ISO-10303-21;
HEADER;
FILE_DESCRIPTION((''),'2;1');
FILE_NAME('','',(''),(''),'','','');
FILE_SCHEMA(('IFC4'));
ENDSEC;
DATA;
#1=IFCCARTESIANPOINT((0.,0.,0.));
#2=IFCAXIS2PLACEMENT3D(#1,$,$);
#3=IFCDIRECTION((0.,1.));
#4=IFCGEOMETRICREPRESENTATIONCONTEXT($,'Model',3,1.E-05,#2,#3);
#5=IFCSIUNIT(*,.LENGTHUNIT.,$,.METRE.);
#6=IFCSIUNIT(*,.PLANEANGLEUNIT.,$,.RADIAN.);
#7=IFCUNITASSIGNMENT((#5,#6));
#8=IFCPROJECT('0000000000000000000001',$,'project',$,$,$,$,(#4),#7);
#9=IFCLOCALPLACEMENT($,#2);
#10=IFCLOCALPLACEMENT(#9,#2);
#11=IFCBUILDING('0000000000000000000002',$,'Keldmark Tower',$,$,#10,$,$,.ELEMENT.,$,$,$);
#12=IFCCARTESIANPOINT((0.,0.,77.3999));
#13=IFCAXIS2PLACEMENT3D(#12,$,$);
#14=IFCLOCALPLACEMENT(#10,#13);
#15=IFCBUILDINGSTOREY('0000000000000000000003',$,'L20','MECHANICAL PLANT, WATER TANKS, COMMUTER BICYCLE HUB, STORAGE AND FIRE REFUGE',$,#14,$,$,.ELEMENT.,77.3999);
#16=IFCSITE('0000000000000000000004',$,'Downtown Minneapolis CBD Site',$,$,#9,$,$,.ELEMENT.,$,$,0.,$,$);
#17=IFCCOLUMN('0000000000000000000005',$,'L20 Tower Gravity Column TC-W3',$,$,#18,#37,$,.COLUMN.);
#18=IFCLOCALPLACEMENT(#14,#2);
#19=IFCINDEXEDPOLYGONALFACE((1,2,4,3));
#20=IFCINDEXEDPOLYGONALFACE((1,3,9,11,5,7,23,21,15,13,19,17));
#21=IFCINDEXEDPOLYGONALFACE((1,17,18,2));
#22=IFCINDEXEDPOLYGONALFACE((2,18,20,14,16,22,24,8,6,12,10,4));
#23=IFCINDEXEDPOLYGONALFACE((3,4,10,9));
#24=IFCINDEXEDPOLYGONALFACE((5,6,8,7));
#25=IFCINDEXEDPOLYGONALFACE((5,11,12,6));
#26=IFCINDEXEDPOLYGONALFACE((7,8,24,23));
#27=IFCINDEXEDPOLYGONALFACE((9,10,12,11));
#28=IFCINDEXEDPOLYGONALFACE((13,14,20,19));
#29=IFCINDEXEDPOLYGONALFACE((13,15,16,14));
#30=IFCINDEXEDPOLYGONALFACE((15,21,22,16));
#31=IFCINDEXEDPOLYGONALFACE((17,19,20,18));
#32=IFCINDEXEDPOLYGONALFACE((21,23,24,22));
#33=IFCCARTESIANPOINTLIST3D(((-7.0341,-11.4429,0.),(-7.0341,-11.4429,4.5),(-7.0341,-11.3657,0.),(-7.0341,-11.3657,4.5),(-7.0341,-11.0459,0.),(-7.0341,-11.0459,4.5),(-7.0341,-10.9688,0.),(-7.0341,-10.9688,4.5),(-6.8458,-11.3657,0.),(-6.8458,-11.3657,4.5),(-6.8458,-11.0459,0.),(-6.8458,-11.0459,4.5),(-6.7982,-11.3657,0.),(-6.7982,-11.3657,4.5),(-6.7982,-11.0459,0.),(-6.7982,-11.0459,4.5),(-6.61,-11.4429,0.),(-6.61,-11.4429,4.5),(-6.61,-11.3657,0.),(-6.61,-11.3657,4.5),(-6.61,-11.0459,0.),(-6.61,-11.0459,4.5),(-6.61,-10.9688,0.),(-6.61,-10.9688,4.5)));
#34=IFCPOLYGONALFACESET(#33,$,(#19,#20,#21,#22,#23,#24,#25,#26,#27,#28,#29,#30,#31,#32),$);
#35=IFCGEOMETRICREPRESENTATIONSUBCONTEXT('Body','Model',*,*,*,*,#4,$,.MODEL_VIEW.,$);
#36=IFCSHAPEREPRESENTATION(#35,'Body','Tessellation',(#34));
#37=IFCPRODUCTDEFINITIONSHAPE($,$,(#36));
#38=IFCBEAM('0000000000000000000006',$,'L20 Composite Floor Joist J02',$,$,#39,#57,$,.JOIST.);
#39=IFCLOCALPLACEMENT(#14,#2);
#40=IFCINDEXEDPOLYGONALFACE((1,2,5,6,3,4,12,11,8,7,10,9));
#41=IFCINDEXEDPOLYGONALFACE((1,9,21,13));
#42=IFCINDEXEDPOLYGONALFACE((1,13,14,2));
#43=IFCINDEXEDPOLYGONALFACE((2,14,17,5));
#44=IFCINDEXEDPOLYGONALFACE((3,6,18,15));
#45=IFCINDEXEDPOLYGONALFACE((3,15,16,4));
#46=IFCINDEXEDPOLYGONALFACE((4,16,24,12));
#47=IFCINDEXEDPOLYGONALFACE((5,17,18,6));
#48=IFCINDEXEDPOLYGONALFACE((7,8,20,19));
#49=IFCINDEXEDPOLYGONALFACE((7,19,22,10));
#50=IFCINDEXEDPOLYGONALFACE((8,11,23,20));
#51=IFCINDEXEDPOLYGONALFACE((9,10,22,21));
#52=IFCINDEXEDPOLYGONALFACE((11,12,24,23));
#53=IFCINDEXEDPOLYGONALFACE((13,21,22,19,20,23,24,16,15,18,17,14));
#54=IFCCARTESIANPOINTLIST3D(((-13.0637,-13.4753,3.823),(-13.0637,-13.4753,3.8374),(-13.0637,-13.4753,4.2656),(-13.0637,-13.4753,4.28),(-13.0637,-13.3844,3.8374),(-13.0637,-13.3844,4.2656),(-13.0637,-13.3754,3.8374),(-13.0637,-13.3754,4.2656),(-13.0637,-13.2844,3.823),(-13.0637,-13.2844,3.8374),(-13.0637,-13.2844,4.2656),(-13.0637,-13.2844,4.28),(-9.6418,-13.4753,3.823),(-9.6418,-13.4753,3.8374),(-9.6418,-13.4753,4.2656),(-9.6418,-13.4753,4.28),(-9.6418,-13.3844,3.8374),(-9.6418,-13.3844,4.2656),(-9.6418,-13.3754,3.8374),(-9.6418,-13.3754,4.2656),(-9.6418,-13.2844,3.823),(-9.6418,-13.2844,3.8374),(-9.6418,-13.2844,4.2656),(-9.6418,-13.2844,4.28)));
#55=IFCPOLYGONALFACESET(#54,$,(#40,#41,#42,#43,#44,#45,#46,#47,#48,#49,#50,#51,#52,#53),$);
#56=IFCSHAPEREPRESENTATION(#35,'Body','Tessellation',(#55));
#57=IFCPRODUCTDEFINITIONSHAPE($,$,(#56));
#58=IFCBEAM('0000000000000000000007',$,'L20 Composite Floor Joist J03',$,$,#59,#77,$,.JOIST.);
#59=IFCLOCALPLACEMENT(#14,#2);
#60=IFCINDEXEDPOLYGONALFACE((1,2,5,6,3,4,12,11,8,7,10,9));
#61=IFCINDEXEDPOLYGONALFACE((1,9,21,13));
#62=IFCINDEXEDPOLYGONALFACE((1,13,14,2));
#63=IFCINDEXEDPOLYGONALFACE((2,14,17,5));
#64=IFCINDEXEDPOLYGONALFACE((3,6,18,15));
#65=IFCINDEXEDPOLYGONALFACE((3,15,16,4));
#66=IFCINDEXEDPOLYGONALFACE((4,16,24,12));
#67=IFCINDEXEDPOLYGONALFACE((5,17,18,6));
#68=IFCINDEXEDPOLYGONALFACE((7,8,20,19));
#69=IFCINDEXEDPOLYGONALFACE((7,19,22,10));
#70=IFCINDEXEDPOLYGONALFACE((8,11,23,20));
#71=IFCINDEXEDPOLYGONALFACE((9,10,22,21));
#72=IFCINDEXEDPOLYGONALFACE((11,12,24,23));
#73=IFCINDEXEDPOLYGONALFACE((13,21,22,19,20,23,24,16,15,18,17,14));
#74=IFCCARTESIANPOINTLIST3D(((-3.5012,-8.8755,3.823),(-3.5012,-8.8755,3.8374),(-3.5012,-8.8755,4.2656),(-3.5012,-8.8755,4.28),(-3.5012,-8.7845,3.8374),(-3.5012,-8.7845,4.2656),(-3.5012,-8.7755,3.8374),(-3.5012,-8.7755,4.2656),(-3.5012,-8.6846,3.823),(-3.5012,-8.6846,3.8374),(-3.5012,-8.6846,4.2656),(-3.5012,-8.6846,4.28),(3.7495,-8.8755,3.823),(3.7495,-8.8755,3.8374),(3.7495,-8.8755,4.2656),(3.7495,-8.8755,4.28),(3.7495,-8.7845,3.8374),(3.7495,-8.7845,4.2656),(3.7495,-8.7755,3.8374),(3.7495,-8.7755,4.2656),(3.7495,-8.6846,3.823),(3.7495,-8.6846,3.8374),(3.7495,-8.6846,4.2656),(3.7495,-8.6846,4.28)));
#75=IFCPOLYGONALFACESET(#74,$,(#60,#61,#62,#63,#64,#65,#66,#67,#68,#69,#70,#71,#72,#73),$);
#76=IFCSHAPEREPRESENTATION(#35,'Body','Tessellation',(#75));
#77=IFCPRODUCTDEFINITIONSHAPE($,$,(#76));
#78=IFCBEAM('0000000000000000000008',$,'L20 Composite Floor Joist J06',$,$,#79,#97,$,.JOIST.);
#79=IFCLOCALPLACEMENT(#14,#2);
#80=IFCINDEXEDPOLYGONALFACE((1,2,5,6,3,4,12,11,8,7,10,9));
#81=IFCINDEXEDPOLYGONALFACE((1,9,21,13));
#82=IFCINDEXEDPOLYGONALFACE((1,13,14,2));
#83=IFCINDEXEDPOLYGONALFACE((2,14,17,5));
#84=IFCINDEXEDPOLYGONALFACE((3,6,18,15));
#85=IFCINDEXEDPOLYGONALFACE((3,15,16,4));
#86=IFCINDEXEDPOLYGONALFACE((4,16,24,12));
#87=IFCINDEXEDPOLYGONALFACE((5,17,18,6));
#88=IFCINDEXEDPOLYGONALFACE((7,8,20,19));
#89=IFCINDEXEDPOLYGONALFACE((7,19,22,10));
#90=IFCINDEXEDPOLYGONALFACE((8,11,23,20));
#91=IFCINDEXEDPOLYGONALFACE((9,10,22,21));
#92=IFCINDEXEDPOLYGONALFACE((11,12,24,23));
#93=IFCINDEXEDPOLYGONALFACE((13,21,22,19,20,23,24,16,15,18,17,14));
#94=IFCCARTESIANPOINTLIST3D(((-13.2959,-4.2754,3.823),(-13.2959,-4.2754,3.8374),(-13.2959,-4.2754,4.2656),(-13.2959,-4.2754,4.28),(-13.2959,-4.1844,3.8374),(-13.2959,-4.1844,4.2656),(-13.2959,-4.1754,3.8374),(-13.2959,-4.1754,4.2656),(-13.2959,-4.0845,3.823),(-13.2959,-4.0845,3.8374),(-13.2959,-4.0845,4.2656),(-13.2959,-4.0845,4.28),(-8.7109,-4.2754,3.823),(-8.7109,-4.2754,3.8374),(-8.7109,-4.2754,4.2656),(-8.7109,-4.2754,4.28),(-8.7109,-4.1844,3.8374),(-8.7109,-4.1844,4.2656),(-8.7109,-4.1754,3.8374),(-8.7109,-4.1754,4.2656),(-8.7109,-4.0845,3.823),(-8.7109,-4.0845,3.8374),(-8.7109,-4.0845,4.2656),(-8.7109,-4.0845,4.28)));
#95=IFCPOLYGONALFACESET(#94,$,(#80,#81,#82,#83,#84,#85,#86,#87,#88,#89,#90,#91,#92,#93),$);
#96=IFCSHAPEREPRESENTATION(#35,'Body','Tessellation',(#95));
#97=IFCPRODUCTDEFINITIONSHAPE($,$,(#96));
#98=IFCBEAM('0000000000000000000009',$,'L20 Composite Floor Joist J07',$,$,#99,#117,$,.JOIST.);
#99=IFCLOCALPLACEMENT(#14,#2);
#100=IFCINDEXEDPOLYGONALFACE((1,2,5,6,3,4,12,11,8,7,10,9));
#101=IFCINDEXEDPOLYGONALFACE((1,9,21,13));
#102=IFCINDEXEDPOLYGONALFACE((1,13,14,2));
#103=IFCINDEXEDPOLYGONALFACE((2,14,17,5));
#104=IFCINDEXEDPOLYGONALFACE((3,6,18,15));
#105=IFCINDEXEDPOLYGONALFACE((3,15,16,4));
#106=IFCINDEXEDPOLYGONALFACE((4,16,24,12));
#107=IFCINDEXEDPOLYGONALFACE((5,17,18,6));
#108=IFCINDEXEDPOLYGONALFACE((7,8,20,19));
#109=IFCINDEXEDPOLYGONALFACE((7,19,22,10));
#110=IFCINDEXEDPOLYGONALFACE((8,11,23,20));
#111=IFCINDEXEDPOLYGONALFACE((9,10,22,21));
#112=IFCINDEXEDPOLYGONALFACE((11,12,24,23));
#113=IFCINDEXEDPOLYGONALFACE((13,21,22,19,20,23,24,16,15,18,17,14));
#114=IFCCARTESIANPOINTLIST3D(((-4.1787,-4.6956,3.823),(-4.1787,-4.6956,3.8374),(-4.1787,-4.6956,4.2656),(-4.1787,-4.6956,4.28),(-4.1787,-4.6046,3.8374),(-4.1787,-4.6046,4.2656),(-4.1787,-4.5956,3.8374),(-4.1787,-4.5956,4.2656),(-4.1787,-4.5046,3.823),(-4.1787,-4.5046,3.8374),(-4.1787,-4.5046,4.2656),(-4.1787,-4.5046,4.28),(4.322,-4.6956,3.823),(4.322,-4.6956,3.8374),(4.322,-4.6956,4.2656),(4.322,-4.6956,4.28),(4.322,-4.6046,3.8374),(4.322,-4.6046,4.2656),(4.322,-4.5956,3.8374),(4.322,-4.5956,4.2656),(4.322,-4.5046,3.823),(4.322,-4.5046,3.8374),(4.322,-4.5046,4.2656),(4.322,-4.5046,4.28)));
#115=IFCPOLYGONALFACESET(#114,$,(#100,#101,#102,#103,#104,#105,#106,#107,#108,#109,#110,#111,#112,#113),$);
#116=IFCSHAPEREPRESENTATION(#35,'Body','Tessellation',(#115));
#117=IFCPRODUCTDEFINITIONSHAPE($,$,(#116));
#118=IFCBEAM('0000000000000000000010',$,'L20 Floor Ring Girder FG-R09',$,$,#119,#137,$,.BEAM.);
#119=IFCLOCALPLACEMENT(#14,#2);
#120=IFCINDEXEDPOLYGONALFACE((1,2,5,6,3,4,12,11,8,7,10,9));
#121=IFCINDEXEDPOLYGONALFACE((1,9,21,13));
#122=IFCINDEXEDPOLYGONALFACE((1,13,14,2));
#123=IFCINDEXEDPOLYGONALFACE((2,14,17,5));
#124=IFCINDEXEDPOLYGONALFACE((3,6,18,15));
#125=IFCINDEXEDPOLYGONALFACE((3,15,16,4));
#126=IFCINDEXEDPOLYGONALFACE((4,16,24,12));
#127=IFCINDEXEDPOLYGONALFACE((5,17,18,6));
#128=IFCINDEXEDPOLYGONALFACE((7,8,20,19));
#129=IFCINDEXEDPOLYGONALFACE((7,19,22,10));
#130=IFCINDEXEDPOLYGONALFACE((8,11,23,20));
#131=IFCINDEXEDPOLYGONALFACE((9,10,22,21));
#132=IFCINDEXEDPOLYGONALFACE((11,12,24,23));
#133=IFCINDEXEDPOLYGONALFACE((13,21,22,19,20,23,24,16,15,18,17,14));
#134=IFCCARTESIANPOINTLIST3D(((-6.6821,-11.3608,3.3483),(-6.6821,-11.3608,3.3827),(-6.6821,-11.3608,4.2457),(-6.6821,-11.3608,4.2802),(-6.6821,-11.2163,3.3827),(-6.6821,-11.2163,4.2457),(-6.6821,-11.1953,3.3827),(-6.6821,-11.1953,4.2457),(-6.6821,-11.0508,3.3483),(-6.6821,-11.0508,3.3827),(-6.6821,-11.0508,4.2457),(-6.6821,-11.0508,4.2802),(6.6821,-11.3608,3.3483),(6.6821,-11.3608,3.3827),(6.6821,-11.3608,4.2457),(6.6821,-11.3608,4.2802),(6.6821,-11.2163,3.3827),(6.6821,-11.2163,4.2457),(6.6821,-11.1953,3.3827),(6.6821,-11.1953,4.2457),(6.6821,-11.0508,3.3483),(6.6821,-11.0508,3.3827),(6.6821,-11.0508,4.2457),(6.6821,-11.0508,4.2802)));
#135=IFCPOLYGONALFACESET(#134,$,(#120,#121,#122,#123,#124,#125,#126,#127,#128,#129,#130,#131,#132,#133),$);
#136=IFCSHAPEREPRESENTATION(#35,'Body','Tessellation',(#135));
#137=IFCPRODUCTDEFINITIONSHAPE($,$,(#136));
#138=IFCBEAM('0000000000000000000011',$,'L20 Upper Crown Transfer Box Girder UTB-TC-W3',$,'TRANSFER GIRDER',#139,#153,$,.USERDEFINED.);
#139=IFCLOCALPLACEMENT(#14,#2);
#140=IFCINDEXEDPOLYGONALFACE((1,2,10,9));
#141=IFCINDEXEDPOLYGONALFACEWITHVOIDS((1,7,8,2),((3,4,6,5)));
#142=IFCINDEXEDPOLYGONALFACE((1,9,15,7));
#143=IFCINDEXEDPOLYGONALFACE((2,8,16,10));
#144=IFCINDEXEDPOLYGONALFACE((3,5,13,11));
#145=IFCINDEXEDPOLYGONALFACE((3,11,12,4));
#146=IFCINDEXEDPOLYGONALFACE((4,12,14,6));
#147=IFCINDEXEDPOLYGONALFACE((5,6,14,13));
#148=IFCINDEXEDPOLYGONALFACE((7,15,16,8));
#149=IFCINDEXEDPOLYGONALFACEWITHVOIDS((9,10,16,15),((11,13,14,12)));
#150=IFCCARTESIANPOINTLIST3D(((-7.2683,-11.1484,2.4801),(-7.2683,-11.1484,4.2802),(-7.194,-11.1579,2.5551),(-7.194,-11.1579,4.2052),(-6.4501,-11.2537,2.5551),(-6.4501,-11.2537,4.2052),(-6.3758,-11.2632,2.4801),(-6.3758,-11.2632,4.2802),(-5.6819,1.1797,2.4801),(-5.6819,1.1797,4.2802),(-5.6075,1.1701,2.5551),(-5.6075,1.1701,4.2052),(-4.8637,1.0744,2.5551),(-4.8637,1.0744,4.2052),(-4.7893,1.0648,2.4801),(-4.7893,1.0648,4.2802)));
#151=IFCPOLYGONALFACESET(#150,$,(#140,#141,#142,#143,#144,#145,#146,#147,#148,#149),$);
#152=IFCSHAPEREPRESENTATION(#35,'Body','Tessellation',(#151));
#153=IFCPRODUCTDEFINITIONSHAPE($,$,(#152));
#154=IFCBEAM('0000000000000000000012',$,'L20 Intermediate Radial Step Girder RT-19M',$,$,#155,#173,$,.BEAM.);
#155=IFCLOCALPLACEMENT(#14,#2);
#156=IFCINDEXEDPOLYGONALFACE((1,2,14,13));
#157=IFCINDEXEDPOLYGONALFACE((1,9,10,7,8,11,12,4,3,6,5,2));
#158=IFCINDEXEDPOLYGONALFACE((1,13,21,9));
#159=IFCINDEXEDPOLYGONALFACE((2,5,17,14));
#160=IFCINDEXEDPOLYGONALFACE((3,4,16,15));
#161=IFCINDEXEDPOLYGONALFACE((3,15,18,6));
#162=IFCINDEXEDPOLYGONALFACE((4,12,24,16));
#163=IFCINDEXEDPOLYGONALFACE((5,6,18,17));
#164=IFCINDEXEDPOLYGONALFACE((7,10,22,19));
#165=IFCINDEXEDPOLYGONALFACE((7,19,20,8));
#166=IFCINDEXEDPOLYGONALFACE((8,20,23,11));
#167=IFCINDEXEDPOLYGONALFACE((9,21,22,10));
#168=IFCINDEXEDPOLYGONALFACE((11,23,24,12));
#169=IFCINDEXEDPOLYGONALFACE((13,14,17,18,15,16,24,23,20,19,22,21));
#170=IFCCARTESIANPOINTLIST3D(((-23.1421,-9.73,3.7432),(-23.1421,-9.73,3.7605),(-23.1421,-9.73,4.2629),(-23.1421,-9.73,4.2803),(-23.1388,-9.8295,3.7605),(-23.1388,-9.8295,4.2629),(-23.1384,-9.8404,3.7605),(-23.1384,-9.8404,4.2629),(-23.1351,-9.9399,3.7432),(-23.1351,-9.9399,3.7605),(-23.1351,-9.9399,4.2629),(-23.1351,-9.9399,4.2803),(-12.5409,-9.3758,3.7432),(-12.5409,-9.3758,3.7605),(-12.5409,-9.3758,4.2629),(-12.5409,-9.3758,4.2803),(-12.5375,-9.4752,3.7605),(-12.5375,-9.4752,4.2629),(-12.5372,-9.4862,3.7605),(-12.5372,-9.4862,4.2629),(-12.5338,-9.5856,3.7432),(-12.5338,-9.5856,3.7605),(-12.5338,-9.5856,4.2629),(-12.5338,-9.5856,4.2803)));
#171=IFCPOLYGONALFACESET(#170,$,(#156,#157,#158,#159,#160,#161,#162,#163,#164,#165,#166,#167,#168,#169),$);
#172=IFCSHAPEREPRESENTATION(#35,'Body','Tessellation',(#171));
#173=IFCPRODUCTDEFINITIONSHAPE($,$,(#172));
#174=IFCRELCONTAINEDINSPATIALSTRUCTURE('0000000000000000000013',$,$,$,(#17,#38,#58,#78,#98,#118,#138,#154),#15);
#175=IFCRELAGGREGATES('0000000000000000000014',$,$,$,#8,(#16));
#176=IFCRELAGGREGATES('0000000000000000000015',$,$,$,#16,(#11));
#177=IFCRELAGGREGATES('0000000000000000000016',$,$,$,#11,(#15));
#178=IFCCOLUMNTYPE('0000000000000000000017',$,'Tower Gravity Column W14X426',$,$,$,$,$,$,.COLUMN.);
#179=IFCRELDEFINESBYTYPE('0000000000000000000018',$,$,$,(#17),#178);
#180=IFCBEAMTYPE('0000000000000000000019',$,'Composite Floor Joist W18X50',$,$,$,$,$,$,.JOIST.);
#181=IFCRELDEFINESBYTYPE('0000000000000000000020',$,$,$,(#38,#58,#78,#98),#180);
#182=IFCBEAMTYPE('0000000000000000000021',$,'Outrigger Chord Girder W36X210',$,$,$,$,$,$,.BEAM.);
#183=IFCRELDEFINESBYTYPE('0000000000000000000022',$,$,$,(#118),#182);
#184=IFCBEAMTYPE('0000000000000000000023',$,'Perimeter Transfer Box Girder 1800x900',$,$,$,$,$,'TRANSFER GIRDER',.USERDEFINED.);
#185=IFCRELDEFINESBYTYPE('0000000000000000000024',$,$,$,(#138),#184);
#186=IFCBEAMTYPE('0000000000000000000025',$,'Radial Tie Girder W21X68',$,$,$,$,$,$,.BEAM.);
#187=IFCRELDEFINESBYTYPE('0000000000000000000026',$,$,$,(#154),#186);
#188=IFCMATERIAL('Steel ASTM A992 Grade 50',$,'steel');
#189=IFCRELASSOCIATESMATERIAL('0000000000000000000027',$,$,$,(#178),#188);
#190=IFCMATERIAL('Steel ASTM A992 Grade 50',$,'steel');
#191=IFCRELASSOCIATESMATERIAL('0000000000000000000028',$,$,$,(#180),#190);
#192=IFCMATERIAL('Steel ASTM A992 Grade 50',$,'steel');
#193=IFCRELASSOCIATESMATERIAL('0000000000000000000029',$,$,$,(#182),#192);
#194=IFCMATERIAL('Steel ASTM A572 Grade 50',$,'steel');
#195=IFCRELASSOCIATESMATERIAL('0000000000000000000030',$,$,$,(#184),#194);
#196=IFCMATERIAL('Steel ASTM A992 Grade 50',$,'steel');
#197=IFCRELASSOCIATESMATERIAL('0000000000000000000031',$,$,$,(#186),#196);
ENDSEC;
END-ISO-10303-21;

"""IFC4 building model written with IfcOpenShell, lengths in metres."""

from ifc_helpers import new_model, si_unit, direction, frame, origin, origin_2d, place, context, subcontext, project, spatial, hollow_rectangle, i_section, extrude, material, material_profile, profile_set, type_object, element, save


model = new_model("IFC4")

# Units and contexts
model_context = context("Model", 3, precision=1e-05, world=origin(), true_north=direction((0.0, 1.0)))
body_context = subcontext(model_context, "Body", "Model", "MODEL_VIEW")
ifc_project = project(units=[si_unit("LENGTHUNIT", "METRE"), si_unit("PLANEANGLEUNIT", "RADIAN")], contexts=[model_context])

# Site, building, storey
site_placement = place(None, origin())
site = spatial("IfcSite", under=ifc_project, at=site_placement, Name="Downtown Minneapolis CBD Site", CompositionType="ELEMENT", RefElevation=0.0)
building_placement = place(site_placement, origin())
building = spatial("IfcBuilding", under=site, at=building_placement, Name="Keldmark Tower", CompositionType="ELEMENT")
storey_placement = place(building_placement, frame((0.0, 0.0, 77.3999)))
storey = spatial("IfcBuildingStorey", under=building, at=storey_placement, Name="L20", Description="MECHANICAL PLANT, WATER TANKS, COMMUTER BICYCLE HUB, STORAGE AND FIRE REFUGE", CompositionType="ELEMENT", Elevation=77.3999)

# Column
ifc_material_1 = material(Name="Steel ASTM A992 Grade 50", Category="steel")
ifc_material_profile_1 = material_profile(ifc_material_1, i_section(OverallWidth=0.4241, OverallDepth=0.4741, WebThickness=0.0476, FlangeThickness=0.0771, at=origin_2d()), Name="W14X426")
ifc_profile_set_1 = profile_set([ifc_material_profile_1], Name="Steel ASTM A992 Grade 50")
column_type = type_object("IfcColumnType", Name="Tower Gravity Column W14X426", PredefinedType="COLUMN", material=ifc_profile_set_1)
column_placement = place(storey_placement, frame((-6.822, -11.2058, 0.0), z_axis=(0.0, 0.0, 1.0), x_axis=(1.0, 0.0, 0.0)))
element("IfcColumn", 1, at=column_placement, inside=storey, type_object=column_type, Name="L20 Tower Gravity Column TC-W3", PredefinedType="COLUMN", context=body_context, shape_type="SweptSolid", body=[
    extrude(i_section(OverallWidth=0.4241, OverallDepth=0.4741, WebThickness=0.0476, FlangeThickness=0.0771, at=origin_2d()), origin(), (0.0, 0.0, 1.0), 4.5),
])

# Beams
ifc_material_2 = material(Name="Steel ASTM A992 Grade 50", Category="steel")
ifc_material_profile_2 = material_profile(ifc_material_2, i_section(OverallWidth=0.1909, OverallDepth=0.457, WebThickness=0.009, FlangeThickness=0.0144, at=origin_2d()), Name="W18X50")
ifc_profile_set_2 = profile_set([ifc_material_profile_2], Name="Steel ASTM A992 Grade 50")
beam_type_1 = type_object("IfcBeamType", Name="Composite Floor Joist W18X50", PredefinedType="JOIST", material=ifc_profile_set_2)
beam_1_placement = place(storey_placement, frame((-13.0637, -13.3799, 4.0515), z_axis=(1.0, 0.0, 0.0), x_axis=(0.0, 1.0, 0.0)))
element("IfcBeam", 2, at=beam_1_placement, inside=storey, type_object=beam_type_1, Name="L20 Composite Floor Joist J02", PredefinedType="JOIST", context=body_context, shape_type="SweptSolid", body=[
    extrude(i_section(OverallWidth=0.1909, OverallDepth=0.457, WebThickness=0.009, FlangeThickness=0.0144, at=origin_2d()), origin(), (0.0, 0.0, 1.0), 3.4219),
])
beam_2_placement = place(storey_placement, frame((-3.5012, -8.78, 4.0515), z_axis=(1.0, 0.0, 0.0), x_axis=(0.0, 1.0, 0.0)))
element("IfcBeam", 3, at=beam_2_placement, inside=storey, type_object=beam_type_1, Name="L20 Composite Floor Joist J03", PredefinedType="JOIST", context=body_context, shape_type="SweptSolid", body=[
    extrude(i_section(OverallWidth=0.1909, OverallDepth=0.457, WebThickness=0.009, FlangeThickness=0.0144, at=origin_2d()), origin(), (0.0, 0.0, 1.0), 7.2507),
])
beam_3_placement = place(storey_placement, frame((-13.2959, -4.1799, 4.0515), z_axis=(1.0, 0.0, 0.0), x_axis=(0.0, 1.0, 0.0)))
element("IfcBeam", 4, at=beam_3_placement, inside=storey, type_object=beam_type_1, Name="L20 Composite Floor Joist J06", PredefinedType="JOIST", context=body_context, shape_type="SweptSolid", body=[
    extrude(i_section(OverallWidth=0.1909, OverallDepth=0.457, WebThickness=0.009, FlangeThickness=0.0144, at=origin_2d()), origin(), (0.0, 0.0, 1.0), 4.585),
])
beam_4_placement = place(storey_placement, frame((-4.1787, -4.6001, 4.0515), z_axis=(1.0, 0.0, 0.0), x_axis=(0.0, 1.0, 0.0)))
element("IfcBeam", 5, at=beam_4_placement, inside=storey, type_object=beam_type_1, Name="L20 Composite Floor Joist J07", PredefinedType="JOIST", context=body_context, shape_type="SweptSolid", body=[
    extrude(i_section(OverallWidth=0.1909, OverallDepth=0.457, WebThickness=0.009, FlangeThickness=0.0144, at=origin_2d()), origin(), (0.0, 0.0, 1.0), 8.5007),
])
ifc_material_3 = material(Name="Steel ASTM A992 Grade 50", Category="steel")
ifc_material_profile_3 = material_profile(ifc_material_3, i_section(OverallWidth=0.3101, OverallDepth=0.9319, WebThickness=0.021, FlangeThickness=0.0344, at=origin_2d()), Name="W36X210")
ifc_profile_set_3 = profile_set([ifc_material_profile_3], Name="Steel ASTM A992 Grade 50")
beam_type_2 = type_object("IfcBeamType", Name="Outrigger Chord Girder W36X210", PredefinedType="BEAM", material=ifc_profile_set_3)
beam_5_placement = place(storey_placement, frame((-6.6821, -11.2058, 3.8142), z_axis=(1.0, 0.0, 0.0), x_axis=(0.0, 1.0, 0.0)))
element("IfcBeam", 6, at=beam_5_placement, inside=storey, type_object=beam_type_2, Name="L20 Floor Ring Girder FG-R09", PredefinedType="BEAM", context=body_context, shape_type="SweptSolid", body=[
    extrude(i_section(OverallWidth=0.3101, OverallDepth=0.9319, WebThickness=0.021, FlangeThickness=0.0344, at=origin_2d()), origin(), (0.0, 0.0, 1.0), 13.3643),
])
ifc_material_4 = material(Name="Steel ASTM A572 Grade 50", Category="steel")
ifc_material_profile_4 = material_profile(ifc_material_4, hollow_rectangle(XDim=0.8999, YDim=1.8, WallThickness=0.075, at=origin_2d()), Name="TBOX1800X900X75")
ifc_profile_set_4 = profile_set([ifc_material_profile_4], Name="Steel ASTM A572 Grade 50")
beam_type_3 = type_object("IfcBeamType", Name="Perimeter Transfer Box Girder 1800x900", ElementType="TRANSFER GIRDER", PredefinedType="USERDEFINED", material=ifc_profile_set_4)
beam_6_placement = place(storey_placement, frame((-6.822, -11.2058, 3.3801), z_axis=(0.127631, 0.991822, 0.0), x_axis=(-0.991822, 0.127631, 0.0)))
element("IfcBeam", 7, at=beam_6_placement, inside=storey, type_object=beam_type_3, Name="L20 Upper Crown Transfer Box Girder UTB-TC-W3", ObjectType="TRANSFER GIRDER", PredefinedType="USERDEFINED", context=body_context, shape_type="SweptSolid", body=[
    extrude(hollow_rectangle(XDim=0.8999, YDim=1.8, WallThickness=0.075, at=origin_2d()), origin(), (0.0, 0.0, 1.0), 12.4297),
])
ifc_material_5 = material(Name="Steel ASTM A992 Grade 50", Category="steel")
ifc_material_profile_5 = material_profile(ifc_material_5, i_section(OverallWidth=0.21, OverallDepth=0.5371, WebThickness=0.011, FlangeThickness=0.0173, at=origin_2d()), Name="W21X68")
ifc_profile_set_5 = profile_set([ifc_material_profile_5], Name="Steel ASTM A992 Grade 50")
beam_type_4 = type_object("IfcBeamType", Name="Radial Tie Girder W21X68", PredefinedType="BEAM", material=ifc_profile_set_5)
beam_7_placement = place(storey_placement, frame((-12.5374, -9.4807, 4.0117), z_axis=(-0.999442, -0.033397, 0.0), x_axis=(0.033397, -0.999442, 0.0)))
element("IfcBeam", 8, at=beam_7_placement, inside=storey, type_object=beam_type_4, Name="L20 Intermediate Radial Step Girder RT-19M", PredefinedType="BEAM", context=body_context, shape_type="SweptSolid", body=[
    extrude(i_section(OverallWidth=0.21, OverallDepth=0.5371, WebThickness=0.011, FlangeThickness=0.0173, at=origin_2d()), origin(), (0.0, 0.0, 1.0), 10.6072),
])

save(model, "model.ifc")
